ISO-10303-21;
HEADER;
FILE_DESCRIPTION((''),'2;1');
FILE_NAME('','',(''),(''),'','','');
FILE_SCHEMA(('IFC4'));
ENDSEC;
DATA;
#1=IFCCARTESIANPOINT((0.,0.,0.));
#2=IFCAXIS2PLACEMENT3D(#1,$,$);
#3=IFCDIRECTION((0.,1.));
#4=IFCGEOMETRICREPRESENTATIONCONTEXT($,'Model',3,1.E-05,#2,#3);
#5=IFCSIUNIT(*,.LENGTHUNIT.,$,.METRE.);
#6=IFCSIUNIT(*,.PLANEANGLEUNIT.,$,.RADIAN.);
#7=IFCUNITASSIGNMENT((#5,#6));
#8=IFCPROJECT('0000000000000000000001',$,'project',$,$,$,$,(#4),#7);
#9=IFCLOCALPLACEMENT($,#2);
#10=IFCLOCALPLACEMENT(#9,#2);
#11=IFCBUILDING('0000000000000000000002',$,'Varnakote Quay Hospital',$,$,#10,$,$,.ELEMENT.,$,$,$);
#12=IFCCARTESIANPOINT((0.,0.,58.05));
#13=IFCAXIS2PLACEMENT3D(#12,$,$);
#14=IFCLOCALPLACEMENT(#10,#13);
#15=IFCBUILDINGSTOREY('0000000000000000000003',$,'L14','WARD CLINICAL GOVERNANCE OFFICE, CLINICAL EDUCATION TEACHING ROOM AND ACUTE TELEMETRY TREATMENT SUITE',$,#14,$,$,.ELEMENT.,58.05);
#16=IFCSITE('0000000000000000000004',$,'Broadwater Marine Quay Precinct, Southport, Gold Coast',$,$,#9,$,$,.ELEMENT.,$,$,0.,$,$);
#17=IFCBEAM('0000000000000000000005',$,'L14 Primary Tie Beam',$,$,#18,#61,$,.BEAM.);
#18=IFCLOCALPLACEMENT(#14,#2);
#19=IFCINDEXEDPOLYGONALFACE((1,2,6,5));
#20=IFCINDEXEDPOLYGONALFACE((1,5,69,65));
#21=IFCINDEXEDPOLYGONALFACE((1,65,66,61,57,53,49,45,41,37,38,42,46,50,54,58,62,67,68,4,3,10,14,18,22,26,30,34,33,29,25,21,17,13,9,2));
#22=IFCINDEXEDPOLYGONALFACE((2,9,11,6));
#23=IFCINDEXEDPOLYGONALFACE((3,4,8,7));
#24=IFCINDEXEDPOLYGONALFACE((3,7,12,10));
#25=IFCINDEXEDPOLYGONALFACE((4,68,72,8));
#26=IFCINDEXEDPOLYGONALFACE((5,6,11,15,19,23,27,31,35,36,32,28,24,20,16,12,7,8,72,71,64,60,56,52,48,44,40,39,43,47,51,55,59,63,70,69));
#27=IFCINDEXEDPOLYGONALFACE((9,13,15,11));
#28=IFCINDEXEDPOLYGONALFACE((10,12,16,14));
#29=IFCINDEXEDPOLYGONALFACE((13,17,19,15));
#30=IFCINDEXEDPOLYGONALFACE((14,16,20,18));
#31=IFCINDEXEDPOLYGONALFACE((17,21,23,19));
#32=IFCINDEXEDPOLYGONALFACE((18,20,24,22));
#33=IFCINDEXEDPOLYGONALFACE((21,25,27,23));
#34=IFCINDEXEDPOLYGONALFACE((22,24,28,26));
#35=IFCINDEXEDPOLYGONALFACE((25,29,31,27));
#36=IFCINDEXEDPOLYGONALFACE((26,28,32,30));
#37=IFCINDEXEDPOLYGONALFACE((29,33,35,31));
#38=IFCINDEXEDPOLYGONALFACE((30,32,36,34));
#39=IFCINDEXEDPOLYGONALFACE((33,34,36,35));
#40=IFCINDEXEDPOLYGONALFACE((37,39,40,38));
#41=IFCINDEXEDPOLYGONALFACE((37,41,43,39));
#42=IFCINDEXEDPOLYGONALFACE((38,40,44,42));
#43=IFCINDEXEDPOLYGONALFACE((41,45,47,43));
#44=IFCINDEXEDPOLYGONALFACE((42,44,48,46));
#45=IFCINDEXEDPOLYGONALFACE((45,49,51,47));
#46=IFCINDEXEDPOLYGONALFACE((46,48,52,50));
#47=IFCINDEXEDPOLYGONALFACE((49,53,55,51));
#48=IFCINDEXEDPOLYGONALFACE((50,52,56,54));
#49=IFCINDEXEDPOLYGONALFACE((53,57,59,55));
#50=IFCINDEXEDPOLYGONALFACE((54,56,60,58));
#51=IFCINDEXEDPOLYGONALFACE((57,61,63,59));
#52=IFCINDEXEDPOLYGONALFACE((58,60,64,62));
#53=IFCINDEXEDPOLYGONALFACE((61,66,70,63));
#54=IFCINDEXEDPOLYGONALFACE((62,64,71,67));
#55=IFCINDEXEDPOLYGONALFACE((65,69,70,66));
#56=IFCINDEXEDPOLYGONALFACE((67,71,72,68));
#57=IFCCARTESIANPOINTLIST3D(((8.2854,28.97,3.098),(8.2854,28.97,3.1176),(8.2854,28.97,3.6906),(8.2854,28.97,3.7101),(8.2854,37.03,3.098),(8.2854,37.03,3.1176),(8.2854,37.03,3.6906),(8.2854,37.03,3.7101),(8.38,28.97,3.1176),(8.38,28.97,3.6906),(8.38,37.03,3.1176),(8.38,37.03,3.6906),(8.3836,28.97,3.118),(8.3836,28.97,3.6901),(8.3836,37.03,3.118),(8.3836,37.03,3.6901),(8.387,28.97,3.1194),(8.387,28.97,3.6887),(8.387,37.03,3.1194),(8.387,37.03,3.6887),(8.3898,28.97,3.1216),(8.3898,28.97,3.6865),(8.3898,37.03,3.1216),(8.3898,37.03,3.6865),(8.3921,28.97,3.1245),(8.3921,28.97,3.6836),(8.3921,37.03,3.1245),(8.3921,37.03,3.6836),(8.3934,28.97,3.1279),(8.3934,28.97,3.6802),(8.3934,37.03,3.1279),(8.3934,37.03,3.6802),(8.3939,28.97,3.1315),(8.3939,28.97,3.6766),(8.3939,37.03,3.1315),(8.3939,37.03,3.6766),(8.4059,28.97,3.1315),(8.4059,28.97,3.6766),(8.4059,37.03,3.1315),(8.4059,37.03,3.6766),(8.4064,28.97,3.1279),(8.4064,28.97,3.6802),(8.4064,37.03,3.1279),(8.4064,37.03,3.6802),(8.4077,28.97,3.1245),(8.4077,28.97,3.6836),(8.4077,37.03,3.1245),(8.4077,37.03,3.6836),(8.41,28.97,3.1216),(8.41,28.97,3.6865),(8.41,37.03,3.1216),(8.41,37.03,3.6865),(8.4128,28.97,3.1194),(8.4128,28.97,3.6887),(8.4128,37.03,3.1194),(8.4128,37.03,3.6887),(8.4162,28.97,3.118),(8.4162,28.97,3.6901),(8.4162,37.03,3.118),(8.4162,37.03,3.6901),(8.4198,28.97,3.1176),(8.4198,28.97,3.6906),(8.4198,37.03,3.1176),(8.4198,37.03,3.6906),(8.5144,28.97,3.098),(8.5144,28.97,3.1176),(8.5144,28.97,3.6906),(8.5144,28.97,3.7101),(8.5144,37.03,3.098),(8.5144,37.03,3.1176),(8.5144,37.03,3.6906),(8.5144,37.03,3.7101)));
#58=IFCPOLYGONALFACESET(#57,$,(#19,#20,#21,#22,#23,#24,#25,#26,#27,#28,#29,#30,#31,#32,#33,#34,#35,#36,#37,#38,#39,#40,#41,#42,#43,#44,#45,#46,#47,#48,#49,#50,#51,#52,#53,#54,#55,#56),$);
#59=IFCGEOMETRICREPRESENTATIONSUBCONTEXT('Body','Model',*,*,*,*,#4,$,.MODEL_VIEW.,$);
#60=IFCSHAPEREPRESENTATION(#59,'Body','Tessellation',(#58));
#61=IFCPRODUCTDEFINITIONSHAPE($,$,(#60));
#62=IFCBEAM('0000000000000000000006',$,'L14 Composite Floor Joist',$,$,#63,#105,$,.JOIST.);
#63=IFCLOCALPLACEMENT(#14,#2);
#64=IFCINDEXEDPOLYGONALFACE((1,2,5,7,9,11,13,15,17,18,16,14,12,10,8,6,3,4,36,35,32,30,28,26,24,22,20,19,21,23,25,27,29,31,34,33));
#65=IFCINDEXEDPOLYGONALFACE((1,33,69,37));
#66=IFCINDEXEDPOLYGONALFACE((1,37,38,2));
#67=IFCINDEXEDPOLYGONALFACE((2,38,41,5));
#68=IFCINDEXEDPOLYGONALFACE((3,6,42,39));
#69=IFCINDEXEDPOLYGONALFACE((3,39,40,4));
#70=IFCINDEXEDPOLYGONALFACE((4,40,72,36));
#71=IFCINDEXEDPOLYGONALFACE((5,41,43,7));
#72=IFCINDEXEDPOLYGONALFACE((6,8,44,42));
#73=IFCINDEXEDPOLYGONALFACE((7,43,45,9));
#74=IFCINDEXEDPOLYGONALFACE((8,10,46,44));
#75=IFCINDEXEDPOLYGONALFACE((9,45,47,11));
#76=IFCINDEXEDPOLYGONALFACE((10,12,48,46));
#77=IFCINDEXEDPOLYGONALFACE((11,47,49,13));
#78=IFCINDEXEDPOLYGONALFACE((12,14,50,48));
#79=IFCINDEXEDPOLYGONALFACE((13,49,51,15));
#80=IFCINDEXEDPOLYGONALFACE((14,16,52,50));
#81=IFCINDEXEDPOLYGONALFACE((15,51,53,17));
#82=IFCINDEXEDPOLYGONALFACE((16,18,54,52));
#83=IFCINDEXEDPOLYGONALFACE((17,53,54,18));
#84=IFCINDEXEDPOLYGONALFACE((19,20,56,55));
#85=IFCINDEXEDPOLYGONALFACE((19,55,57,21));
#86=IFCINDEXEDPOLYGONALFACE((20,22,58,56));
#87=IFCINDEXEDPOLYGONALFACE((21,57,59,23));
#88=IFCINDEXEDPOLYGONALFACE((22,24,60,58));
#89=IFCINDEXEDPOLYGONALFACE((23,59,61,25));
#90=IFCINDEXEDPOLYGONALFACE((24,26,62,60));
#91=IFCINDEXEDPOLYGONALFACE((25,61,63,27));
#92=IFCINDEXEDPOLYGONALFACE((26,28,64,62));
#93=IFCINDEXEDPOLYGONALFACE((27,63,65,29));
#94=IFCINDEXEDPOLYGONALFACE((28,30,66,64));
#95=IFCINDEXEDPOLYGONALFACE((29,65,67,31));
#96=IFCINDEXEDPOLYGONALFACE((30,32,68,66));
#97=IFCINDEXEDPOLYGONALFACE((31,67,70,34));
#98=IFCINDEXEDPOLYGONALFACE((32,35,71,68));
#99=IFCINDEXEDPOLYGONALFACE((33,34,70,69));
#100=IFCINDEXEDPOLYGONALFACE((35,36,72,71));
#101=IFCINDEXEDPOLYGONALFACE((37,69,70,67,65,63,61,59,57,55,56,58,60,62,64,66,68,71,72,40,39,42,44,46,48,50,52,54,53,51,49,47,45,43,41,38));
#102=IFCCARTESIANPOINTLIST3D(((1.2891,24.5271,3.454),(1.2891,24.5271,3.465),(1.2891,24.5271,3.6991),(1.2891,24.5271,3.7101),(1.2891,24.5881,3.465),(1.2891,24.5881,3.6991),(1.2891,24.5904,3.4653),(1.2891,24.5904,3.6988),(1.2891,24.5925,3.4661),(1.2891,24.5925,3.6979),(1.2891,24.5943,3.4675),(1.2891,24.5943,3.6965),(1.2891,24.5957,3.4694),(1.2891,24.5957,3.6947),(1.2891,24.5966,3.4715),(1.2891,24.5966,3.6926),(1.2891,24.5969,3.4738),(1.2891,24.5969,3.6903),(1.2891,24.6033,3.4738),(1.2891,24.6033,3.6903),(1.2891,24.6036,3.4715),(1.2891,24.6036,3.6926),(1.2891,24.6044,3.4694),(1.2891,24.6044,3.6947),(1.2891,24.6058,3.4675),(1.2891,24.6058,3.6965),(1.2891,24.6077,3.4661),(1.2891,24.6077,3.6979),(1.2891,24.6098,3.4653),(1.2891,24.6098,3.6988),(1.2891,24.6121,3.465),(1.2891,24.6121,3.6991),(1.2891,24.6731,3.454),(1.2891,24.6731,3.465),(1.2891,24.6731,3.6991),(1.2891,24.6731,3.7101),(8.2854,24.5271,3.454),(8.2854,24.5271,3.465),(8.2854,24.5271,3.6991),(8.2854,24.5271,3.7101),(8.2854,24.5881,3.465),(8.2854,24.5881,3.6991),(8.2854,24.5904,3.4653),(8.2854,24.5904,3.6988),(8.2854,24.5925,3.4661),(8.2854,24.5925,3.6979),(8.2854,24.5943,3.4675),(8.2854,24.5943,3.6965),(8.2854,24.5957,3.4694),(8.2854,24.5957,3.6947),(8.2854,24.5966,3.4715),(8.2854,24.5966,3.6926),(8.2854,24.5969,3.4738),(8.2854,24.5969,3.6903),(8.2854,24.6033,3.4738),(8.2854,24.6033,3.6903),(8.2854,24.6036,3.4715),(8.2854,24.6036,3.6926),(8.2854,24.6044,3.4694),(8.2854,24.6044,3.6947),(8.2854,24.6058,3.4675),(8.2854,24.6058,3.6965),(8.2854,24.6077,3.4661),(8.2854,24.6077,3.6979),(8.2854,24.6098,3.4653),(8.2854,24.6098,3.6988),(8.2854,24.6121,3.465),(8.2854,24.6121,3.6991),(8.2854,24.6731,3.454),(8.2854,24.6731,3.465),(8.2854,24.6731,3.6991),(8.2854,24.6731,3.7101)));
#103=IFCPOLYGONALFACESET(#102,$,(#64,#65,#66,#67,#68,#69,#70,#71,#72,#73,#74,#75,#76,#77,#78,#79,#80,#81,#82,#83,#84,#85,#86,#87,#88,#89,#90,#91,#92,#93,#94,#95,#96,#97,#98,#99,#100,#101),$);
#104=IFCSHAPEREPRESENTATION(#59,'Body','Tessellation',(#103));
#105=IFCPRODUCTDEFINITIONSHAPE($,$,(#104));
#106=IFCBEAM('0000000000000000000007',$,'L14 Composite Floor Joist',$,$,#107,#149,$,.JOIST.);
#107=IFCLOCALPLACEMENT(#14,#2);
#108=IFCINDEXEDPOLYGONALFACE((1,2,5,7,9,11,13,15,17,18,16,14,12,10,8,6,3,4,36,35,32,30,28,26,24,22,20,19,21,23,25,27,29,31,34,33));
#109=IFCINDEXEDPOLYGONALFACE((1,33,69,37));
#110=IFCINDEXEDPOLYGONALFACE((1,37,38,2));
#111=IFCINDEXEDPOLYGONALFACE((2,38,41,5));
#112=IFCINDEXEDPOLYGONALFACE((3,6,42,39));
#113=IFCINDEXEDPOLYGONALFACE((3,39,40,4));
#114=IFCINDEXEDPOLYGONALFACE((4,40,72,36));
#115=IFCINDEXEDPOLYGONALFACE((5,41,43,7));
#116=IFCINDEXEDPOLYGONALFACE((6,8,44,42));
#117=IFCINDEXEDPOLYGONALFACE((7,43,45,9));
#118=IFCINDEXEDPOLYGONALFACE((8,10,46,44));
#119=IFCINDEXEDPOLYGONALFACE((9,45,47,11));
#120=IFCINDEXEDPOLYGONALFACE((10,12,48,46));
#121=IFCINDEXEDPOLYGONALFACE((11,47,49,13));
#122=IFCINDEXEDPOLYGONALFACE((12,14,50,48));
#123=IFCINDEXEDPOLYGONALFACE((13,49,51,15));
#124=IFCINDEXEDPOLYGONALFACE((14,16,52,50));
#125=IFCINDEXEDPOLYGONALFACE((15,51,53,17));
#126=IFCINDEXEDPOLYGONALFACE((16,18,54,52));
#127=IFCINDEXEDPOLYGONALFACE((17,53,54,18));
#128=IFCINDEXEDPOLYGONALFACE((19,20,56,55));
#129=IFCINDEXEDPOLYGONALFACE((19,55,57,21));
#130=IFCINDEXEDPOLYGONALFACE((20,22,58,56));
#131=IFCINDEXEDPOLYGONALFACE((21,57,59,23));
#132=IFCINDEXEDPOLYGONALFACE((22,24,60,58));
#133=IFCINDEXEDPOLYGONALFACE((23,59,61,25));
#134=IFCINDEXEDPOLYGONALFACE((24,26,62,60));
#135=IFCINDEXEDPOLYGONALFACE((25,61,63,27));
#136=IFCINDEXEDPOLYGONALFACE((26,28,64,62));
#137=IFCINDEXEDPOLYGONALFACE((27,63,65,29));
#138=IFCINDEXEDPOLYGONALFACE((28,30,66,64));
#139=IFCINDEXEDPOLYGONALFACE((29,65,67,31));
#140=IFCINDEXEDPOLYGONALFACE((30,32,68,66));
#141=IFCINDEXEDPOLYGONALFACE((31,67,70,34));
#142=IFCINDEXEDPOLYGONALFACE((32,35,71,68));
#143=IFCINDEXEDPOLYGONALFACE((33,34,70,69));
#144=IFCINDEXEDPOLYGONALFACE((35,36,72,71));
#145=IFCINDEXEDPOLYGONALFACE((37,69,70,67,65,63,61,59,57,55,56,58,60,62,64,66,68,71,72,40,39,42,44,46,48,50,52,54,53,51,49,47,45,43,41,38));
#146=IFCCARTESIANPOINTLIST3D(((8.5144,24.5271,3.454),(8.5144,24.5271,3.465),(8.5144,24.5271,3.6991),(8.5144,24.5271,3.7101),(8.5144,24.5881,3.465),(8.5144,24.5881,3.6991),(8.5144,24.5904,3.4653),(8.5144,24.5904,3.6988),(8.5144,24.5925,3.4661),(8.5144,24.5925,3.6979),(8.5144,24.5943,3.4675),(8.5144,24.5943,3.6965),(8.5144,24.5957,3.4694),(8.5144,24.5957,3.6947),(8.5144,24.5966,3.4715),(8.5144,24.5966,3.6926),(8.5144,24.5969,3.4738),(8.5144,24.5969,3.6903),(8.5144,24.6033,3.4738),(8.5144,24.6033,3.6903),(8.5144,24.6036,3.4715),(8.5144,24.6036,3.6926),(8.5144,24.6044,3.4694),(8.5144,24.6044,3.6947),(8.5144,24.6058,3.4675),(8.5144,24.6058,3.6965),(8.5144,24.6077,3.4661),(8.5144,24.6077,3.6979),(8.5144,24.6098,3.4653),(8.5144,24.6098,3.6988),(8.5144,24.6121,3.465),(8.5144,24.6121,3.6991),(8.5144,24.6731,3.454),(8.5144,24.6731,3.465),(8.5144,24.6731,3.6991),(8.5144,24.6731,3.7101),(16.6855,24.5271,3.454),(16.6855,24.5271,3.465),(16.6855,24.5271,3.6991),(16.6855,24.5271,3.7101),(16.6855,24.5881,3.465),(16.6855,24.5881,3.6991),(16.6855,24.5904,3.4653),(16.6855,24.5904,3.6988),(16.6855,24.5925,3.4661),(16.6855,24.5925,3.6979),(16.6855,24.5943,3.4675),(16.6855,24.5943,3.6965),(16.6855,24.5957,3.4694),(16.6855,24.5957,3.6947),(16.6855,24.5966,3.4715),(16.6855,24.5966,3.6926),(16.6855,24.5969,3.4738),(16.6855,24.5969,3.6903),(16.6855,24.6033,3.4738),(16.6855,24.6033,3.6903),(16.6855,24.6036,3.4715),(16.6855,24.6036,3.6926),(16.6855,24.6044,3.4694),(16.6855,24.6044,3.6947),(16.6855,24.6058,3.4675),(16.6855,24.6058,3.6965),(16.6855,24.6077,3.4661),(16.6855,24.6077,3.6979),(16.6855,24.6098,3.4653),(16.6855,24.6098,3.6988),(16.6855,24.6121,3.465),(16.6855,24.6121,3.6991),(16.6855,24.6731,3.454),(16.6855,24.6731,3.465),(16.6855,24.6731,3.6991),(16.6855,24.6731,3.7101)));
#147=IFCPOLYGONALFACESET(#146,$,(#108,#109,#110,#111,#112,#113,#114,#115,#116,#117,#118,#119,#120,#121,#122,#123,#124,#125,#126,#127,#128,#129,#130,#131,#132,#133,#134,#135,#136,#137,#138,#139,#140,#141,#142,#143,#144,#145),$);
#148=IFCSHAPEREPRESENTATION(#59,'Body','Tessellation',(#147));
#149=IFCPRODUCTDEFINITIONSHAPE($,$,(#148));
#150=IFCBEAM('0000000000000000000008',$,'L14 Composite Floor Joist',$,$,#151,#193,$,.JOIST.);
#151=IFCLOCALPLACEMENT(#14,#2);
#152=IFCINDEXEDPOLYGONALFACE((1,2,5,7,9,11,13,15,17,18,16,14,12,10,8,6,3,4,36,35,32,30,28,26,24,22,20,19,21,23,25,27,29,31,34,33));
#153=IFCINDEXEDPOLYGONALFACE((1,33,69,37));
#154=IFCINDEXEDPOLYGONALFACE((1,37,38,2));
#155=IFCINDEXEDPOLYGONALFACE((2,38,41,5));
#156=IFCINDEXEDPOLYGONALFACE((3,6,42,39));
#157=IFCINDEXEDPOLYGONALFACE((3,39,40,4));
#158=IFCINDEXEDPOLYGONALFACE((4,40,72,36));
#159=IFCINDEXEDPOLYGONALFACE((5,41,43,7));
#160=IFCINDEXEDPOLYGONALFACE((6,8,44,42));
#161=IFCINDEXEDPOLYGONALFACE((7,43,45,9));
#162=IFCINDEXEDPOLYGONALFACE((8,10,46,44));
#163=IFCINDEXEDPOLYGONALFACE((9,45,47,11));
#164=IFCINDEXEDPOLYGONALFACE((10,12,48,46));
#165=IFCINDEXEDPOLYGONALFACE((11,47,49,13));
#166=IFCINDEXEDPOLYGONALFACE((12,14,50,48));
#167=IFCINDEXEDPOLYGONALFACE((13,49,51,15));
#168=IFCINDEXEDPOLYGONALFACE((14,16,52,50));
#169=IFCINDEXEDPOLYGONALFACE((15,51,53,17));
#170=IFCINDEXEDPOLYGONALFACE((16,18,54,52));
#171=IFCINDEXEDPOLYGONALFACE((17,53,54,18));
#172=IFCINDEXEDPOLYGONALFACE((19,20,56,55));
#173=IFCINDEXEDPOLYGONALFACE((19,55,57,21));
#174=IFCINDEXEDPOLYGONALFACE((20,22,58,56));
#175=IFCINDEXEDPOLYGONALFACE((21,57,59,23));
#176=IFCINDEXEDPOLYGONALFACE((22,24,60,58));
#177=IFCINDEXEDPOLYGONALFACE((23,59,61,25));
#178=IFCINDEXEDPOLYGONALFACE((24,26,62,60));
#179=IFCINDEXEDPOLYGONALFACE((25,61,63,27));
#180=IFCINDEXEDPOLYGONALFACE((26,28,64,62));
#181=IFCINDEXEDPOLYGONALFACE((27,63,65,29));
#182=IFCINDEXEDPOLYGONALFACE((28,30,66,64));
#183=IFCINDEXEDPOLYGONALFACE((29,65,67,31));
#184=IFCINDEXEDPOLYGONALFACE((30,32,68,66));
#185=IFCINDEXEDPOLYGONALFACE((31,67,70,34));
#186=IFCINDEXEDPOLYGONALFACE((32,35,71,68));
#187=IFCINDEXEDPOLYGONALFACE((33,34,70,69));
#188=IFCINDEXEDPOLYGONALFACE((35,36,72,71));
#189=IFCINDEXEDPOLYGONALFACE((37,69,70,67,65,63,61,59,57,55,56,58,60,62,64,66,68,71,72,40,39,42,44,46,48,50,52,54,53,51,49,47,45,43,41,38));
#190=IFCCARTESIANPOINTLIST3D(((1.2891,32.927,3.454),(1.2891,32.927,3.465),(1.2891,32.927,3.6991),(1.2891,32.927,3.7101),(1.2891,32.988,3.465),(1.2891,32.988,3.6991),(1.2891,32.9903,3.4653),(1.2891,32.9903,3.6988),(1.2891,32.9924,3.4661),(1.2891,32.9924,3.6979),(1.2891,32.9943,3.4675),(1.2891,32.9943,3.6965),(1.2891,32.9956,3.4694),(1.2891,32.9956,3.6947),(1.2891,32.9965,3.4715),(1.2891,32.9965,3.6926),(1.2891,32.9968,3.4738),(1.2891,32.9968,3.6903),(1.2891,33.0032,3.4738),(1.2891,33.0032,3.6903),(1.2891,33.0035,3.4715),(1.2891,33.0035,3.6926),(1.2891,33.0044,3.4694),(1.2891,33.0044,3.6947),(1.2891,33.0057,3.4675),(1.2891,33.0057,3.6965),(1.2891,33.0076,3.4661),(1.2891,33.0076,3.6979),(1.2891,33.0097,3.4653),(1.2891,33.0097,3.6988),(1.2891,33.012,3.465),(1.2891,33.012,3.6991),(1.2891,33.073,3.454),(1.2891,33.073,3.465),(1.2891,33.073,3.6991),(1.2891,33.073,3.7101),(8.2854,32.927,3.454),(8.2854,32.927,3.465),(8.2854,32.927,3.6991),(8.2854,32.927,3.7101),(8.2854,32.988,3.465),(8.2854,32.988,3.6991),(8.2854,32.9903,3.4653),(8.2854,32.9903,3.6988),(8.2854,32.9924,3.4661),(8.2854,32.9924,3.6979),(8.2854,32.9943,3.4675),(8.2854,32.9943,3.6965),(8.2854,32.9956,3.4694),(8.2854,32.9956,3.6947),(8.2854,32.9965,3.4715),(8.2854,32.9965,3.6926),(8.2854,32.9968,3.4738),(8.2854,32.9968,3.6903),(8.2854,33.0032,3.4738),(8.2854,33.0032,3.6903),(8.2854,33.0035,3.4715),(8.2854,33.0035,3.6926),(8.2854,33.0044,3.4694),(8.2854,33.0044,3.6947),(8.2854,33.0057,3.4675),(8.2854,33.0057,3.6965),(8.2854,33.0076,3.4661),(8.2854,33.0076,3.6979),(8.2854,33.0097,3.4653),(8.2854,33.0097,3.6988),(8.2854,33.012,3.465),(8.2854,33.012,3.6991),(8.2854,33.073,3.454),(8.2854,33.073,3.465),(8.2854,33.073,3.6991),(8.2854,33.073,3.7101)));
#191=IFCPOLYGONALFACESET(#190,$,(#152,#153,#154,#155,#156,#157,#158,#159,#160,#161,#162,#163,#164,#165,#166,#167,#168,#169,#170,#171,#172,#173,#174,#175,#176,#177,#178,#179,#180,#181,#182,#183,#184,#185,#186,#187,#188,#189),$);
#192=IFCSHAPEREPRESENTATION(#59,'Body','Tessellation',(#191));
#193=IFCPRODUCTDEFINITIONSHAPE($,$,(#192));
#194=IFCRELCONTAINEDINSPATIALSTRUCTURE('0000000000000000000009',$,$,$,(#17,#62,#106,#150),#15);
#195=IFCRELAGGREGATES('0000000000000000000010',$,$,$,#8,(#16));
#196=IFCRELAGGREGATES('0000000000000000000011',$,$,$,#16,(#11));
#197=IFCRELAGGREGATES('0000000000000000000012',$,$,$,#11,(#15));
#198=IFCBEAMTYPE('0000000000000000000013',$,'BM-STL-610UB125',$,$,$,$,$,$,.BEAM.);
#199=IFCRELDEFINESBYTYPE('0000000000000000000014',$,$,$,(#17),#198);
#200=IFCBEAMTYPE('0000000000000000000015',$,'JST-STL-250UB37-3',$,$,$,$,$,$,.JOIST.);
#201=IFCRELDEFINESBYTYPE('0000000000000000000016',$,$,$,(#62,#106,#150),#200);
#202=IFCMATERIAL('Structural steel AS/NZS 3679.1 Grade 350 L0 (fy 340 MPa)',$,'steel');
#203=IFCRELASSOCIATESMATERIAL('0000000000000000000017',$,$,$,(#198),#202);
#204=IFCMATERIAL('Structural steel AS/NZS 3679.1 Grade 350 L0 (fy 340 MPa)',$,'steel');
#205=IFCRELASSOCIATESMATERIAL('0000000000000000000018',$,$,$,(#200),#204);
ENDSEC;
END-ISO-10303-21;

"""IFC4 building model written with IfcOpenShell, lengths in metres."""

from ifc_helpers import new_model, si_unit, direction, frame, origin, origin_2d, place, context, subcontext, project, spatial, i_section, extrude, material, material_profile, profile_set, type_object, element, save


model = new_model("IFC4")

# Units and contexts
model_context = context("Model", 3, precision=1e-05, world=origin(), true_north=direction((0.0, 1.0)))
body_context = subcontext(model_context, "Body", "Model", "MODEL_VIEW")
ifc_project = project(units=[si_unit("LENGTHUNIT", "METRE"), si_unit("PLANEANGLEUNIT", "RADIAN")], contexts=[model_context])

# Site, building, storey
site_placement = place(None, origin())
site = spatial("IfcSite", under=ifc_project, at=site_placement, Name="Broadwater Marine Quay Precinct, Southport, Gold Coast", CompositionType="ELEMENT", RefElevation=0.0)
building_placement = place(site_placement, origin())
building = spatial("IfcBuilding", under=site, at=building_placement, Name="Varnakote Quay Hospital", CompositionType="ELEMENT")
storey_placement = place(building_placement, frame((0.0, 0.0, 58.05)))
storey = spatial("IfcBuildingStorey", under=building, at=storey_placement, Name="L14", Description="WARD CLINICAL GOVERNANCE OFFICE, CLINICAL EDUCATION TEACHING ROOM AND ACUTE TELEMETRY TREATMENT SUITE", CompositionType="ELEMENT", Elevation=58.05)

# Beams
ifc_material_1 = material(Name="Structural steel AS/NZS 3679.1 Grade 350 L0 (fy 340 MPa)", Category="steel")
ifc_material_profile_1 = material_profile(ifc_material_1, i_section(OverallWidth=0.229, OverallDepth=0.6121, WebThickness=0.012, FlangeThickness=0.0195, FilletRadius=0.0139, at=origin_2d()), Name="610UB125")
ifc_profile_set_1 = profile_set([ifc_material_profile_1], Name="Structural steel AS/NZS 3679.1 Grade 350 L0 (fy 340 MPa)")
beam_type_1 = type_object("IfcBeamType", Name="BM-STL-610UB125", PredefinedType="BEAM", material=ifc_profile_set_1)
beam_1_placement = place(storey_placement, frame((8.3999, 28.97, 3.4041), z_axis=(0.0, 1.0, 0.0), x_axis=(-1.0, 0.0, 0.0)))
element("IfcBeam", 1, at=beam_1_placement, inside=storey, type_object=beam_type_1, Name="L14 Primary Tie Beam", PredefinedType="BEAM", context=body_context, shape_type="SweptSolid", body=[
    extrude(i_section(OverallWidth=0.229, OverallDepth=0.6121, WebThickness=0.012, FlangeThickness=0.0195, FilletRadius=0.0139, at=origin_2d()), origin(), (0.0, 0.0, 1.0), 8.0601),
])
ifc_material_2 = material(Name="Structural steel AS/NZS 3679.1 Grade 350 L0 (fy 340 MPa)", Category="steel")
ifc_material_profile_2 = material_profile(ifc_material_2, i_section(OverallWidth=0.146, OverallDepth=0.2561, WebThickness=0.0063, FlangeThickness=0.011, FilletRadius=0.0088, at=origin_2d()), Name="250UB37.3")
ifc_profile_set_2 = profile_set([ifc_material_profile_2], Name="Structural steel AS/NZS 3679.1 Grade 350 L0 (fy 340 MPa)")
beam_type_2 = type_object("IfcBeamType", Name="JST-STL-250UB37-3", PredefinedType="JOIST", material=ifc_profile_set_2)
beam_2_placement = place(storey_placement, frame((1.2891, 24.6001, 3.582), z_axis=(1.0, 0.0, 0.0), x_axis=(0.0, 1.0, 0.0)))
element("IfcBeam", 2, at=beam_2_placement, inside=storey, type_object=beam_type_2, Name="L14 Composite Floor Joist", PredefinedType="JOIST", context=body_context, shape_type="SweptSolid", body=[
    extrude(i_section(OverallWidth=0.146, OverallDepth=0.2561, WebThickness=0.0063, FlangeThickness=0.011, FilletRadius=0.0088, at=origin_2d()), origin(), (0.0, 0.0, 1.0), 6.9963),
])
beam_3_placement = place(storey_placement, frame((8.5144, 24.6001, 3.582), z_axis=(1.0, 0.0, 0.0), x_axis=(0.0, 1.0, 0.0)))
element("IfcBeam", 3, at=beam_3_placement, inside=storey, type_object=beam_type_2, Name="L14 Composite Floor Joist", PredefinedType="JOIST", context=body_context, shape_type="SweptSolid", body=[
    extrude(i_section(OverallWidth=0.146, OverallDepth=0.2561, WebThickness=0.0063, FlangeThickness=0.011, FilletRadius=0.0088, at=origin_2d()), origin(), (0.0, 0.0, 1.0), 8.1711),
])
beam_4_placement = place(storey_placement, frame((1.2891, 33.0, 3.582), z_axis=(1.0, 0.0, 0.0), x_axis=(0.0, 1.0, 0.0)))
element("IfcBeam", 4, at=beam_4_placement, inside=storey, type_object=beam_type_2, Name="L14 Composite Floor Joist", PredefinedType="JOIST", context=body_context, shape_type="SweptSolid", body=[
    extrude(i_section(OverallWidth=0.146, OverallDepth=0.2561, WebThickness=0.0063, FlangeThickness=0.011, FilletRadius=0.0088, at=origin_2d()), origin(), (0.0, 0.0, 1.0), 6.9963),
])

save(model, "model.ifc")
